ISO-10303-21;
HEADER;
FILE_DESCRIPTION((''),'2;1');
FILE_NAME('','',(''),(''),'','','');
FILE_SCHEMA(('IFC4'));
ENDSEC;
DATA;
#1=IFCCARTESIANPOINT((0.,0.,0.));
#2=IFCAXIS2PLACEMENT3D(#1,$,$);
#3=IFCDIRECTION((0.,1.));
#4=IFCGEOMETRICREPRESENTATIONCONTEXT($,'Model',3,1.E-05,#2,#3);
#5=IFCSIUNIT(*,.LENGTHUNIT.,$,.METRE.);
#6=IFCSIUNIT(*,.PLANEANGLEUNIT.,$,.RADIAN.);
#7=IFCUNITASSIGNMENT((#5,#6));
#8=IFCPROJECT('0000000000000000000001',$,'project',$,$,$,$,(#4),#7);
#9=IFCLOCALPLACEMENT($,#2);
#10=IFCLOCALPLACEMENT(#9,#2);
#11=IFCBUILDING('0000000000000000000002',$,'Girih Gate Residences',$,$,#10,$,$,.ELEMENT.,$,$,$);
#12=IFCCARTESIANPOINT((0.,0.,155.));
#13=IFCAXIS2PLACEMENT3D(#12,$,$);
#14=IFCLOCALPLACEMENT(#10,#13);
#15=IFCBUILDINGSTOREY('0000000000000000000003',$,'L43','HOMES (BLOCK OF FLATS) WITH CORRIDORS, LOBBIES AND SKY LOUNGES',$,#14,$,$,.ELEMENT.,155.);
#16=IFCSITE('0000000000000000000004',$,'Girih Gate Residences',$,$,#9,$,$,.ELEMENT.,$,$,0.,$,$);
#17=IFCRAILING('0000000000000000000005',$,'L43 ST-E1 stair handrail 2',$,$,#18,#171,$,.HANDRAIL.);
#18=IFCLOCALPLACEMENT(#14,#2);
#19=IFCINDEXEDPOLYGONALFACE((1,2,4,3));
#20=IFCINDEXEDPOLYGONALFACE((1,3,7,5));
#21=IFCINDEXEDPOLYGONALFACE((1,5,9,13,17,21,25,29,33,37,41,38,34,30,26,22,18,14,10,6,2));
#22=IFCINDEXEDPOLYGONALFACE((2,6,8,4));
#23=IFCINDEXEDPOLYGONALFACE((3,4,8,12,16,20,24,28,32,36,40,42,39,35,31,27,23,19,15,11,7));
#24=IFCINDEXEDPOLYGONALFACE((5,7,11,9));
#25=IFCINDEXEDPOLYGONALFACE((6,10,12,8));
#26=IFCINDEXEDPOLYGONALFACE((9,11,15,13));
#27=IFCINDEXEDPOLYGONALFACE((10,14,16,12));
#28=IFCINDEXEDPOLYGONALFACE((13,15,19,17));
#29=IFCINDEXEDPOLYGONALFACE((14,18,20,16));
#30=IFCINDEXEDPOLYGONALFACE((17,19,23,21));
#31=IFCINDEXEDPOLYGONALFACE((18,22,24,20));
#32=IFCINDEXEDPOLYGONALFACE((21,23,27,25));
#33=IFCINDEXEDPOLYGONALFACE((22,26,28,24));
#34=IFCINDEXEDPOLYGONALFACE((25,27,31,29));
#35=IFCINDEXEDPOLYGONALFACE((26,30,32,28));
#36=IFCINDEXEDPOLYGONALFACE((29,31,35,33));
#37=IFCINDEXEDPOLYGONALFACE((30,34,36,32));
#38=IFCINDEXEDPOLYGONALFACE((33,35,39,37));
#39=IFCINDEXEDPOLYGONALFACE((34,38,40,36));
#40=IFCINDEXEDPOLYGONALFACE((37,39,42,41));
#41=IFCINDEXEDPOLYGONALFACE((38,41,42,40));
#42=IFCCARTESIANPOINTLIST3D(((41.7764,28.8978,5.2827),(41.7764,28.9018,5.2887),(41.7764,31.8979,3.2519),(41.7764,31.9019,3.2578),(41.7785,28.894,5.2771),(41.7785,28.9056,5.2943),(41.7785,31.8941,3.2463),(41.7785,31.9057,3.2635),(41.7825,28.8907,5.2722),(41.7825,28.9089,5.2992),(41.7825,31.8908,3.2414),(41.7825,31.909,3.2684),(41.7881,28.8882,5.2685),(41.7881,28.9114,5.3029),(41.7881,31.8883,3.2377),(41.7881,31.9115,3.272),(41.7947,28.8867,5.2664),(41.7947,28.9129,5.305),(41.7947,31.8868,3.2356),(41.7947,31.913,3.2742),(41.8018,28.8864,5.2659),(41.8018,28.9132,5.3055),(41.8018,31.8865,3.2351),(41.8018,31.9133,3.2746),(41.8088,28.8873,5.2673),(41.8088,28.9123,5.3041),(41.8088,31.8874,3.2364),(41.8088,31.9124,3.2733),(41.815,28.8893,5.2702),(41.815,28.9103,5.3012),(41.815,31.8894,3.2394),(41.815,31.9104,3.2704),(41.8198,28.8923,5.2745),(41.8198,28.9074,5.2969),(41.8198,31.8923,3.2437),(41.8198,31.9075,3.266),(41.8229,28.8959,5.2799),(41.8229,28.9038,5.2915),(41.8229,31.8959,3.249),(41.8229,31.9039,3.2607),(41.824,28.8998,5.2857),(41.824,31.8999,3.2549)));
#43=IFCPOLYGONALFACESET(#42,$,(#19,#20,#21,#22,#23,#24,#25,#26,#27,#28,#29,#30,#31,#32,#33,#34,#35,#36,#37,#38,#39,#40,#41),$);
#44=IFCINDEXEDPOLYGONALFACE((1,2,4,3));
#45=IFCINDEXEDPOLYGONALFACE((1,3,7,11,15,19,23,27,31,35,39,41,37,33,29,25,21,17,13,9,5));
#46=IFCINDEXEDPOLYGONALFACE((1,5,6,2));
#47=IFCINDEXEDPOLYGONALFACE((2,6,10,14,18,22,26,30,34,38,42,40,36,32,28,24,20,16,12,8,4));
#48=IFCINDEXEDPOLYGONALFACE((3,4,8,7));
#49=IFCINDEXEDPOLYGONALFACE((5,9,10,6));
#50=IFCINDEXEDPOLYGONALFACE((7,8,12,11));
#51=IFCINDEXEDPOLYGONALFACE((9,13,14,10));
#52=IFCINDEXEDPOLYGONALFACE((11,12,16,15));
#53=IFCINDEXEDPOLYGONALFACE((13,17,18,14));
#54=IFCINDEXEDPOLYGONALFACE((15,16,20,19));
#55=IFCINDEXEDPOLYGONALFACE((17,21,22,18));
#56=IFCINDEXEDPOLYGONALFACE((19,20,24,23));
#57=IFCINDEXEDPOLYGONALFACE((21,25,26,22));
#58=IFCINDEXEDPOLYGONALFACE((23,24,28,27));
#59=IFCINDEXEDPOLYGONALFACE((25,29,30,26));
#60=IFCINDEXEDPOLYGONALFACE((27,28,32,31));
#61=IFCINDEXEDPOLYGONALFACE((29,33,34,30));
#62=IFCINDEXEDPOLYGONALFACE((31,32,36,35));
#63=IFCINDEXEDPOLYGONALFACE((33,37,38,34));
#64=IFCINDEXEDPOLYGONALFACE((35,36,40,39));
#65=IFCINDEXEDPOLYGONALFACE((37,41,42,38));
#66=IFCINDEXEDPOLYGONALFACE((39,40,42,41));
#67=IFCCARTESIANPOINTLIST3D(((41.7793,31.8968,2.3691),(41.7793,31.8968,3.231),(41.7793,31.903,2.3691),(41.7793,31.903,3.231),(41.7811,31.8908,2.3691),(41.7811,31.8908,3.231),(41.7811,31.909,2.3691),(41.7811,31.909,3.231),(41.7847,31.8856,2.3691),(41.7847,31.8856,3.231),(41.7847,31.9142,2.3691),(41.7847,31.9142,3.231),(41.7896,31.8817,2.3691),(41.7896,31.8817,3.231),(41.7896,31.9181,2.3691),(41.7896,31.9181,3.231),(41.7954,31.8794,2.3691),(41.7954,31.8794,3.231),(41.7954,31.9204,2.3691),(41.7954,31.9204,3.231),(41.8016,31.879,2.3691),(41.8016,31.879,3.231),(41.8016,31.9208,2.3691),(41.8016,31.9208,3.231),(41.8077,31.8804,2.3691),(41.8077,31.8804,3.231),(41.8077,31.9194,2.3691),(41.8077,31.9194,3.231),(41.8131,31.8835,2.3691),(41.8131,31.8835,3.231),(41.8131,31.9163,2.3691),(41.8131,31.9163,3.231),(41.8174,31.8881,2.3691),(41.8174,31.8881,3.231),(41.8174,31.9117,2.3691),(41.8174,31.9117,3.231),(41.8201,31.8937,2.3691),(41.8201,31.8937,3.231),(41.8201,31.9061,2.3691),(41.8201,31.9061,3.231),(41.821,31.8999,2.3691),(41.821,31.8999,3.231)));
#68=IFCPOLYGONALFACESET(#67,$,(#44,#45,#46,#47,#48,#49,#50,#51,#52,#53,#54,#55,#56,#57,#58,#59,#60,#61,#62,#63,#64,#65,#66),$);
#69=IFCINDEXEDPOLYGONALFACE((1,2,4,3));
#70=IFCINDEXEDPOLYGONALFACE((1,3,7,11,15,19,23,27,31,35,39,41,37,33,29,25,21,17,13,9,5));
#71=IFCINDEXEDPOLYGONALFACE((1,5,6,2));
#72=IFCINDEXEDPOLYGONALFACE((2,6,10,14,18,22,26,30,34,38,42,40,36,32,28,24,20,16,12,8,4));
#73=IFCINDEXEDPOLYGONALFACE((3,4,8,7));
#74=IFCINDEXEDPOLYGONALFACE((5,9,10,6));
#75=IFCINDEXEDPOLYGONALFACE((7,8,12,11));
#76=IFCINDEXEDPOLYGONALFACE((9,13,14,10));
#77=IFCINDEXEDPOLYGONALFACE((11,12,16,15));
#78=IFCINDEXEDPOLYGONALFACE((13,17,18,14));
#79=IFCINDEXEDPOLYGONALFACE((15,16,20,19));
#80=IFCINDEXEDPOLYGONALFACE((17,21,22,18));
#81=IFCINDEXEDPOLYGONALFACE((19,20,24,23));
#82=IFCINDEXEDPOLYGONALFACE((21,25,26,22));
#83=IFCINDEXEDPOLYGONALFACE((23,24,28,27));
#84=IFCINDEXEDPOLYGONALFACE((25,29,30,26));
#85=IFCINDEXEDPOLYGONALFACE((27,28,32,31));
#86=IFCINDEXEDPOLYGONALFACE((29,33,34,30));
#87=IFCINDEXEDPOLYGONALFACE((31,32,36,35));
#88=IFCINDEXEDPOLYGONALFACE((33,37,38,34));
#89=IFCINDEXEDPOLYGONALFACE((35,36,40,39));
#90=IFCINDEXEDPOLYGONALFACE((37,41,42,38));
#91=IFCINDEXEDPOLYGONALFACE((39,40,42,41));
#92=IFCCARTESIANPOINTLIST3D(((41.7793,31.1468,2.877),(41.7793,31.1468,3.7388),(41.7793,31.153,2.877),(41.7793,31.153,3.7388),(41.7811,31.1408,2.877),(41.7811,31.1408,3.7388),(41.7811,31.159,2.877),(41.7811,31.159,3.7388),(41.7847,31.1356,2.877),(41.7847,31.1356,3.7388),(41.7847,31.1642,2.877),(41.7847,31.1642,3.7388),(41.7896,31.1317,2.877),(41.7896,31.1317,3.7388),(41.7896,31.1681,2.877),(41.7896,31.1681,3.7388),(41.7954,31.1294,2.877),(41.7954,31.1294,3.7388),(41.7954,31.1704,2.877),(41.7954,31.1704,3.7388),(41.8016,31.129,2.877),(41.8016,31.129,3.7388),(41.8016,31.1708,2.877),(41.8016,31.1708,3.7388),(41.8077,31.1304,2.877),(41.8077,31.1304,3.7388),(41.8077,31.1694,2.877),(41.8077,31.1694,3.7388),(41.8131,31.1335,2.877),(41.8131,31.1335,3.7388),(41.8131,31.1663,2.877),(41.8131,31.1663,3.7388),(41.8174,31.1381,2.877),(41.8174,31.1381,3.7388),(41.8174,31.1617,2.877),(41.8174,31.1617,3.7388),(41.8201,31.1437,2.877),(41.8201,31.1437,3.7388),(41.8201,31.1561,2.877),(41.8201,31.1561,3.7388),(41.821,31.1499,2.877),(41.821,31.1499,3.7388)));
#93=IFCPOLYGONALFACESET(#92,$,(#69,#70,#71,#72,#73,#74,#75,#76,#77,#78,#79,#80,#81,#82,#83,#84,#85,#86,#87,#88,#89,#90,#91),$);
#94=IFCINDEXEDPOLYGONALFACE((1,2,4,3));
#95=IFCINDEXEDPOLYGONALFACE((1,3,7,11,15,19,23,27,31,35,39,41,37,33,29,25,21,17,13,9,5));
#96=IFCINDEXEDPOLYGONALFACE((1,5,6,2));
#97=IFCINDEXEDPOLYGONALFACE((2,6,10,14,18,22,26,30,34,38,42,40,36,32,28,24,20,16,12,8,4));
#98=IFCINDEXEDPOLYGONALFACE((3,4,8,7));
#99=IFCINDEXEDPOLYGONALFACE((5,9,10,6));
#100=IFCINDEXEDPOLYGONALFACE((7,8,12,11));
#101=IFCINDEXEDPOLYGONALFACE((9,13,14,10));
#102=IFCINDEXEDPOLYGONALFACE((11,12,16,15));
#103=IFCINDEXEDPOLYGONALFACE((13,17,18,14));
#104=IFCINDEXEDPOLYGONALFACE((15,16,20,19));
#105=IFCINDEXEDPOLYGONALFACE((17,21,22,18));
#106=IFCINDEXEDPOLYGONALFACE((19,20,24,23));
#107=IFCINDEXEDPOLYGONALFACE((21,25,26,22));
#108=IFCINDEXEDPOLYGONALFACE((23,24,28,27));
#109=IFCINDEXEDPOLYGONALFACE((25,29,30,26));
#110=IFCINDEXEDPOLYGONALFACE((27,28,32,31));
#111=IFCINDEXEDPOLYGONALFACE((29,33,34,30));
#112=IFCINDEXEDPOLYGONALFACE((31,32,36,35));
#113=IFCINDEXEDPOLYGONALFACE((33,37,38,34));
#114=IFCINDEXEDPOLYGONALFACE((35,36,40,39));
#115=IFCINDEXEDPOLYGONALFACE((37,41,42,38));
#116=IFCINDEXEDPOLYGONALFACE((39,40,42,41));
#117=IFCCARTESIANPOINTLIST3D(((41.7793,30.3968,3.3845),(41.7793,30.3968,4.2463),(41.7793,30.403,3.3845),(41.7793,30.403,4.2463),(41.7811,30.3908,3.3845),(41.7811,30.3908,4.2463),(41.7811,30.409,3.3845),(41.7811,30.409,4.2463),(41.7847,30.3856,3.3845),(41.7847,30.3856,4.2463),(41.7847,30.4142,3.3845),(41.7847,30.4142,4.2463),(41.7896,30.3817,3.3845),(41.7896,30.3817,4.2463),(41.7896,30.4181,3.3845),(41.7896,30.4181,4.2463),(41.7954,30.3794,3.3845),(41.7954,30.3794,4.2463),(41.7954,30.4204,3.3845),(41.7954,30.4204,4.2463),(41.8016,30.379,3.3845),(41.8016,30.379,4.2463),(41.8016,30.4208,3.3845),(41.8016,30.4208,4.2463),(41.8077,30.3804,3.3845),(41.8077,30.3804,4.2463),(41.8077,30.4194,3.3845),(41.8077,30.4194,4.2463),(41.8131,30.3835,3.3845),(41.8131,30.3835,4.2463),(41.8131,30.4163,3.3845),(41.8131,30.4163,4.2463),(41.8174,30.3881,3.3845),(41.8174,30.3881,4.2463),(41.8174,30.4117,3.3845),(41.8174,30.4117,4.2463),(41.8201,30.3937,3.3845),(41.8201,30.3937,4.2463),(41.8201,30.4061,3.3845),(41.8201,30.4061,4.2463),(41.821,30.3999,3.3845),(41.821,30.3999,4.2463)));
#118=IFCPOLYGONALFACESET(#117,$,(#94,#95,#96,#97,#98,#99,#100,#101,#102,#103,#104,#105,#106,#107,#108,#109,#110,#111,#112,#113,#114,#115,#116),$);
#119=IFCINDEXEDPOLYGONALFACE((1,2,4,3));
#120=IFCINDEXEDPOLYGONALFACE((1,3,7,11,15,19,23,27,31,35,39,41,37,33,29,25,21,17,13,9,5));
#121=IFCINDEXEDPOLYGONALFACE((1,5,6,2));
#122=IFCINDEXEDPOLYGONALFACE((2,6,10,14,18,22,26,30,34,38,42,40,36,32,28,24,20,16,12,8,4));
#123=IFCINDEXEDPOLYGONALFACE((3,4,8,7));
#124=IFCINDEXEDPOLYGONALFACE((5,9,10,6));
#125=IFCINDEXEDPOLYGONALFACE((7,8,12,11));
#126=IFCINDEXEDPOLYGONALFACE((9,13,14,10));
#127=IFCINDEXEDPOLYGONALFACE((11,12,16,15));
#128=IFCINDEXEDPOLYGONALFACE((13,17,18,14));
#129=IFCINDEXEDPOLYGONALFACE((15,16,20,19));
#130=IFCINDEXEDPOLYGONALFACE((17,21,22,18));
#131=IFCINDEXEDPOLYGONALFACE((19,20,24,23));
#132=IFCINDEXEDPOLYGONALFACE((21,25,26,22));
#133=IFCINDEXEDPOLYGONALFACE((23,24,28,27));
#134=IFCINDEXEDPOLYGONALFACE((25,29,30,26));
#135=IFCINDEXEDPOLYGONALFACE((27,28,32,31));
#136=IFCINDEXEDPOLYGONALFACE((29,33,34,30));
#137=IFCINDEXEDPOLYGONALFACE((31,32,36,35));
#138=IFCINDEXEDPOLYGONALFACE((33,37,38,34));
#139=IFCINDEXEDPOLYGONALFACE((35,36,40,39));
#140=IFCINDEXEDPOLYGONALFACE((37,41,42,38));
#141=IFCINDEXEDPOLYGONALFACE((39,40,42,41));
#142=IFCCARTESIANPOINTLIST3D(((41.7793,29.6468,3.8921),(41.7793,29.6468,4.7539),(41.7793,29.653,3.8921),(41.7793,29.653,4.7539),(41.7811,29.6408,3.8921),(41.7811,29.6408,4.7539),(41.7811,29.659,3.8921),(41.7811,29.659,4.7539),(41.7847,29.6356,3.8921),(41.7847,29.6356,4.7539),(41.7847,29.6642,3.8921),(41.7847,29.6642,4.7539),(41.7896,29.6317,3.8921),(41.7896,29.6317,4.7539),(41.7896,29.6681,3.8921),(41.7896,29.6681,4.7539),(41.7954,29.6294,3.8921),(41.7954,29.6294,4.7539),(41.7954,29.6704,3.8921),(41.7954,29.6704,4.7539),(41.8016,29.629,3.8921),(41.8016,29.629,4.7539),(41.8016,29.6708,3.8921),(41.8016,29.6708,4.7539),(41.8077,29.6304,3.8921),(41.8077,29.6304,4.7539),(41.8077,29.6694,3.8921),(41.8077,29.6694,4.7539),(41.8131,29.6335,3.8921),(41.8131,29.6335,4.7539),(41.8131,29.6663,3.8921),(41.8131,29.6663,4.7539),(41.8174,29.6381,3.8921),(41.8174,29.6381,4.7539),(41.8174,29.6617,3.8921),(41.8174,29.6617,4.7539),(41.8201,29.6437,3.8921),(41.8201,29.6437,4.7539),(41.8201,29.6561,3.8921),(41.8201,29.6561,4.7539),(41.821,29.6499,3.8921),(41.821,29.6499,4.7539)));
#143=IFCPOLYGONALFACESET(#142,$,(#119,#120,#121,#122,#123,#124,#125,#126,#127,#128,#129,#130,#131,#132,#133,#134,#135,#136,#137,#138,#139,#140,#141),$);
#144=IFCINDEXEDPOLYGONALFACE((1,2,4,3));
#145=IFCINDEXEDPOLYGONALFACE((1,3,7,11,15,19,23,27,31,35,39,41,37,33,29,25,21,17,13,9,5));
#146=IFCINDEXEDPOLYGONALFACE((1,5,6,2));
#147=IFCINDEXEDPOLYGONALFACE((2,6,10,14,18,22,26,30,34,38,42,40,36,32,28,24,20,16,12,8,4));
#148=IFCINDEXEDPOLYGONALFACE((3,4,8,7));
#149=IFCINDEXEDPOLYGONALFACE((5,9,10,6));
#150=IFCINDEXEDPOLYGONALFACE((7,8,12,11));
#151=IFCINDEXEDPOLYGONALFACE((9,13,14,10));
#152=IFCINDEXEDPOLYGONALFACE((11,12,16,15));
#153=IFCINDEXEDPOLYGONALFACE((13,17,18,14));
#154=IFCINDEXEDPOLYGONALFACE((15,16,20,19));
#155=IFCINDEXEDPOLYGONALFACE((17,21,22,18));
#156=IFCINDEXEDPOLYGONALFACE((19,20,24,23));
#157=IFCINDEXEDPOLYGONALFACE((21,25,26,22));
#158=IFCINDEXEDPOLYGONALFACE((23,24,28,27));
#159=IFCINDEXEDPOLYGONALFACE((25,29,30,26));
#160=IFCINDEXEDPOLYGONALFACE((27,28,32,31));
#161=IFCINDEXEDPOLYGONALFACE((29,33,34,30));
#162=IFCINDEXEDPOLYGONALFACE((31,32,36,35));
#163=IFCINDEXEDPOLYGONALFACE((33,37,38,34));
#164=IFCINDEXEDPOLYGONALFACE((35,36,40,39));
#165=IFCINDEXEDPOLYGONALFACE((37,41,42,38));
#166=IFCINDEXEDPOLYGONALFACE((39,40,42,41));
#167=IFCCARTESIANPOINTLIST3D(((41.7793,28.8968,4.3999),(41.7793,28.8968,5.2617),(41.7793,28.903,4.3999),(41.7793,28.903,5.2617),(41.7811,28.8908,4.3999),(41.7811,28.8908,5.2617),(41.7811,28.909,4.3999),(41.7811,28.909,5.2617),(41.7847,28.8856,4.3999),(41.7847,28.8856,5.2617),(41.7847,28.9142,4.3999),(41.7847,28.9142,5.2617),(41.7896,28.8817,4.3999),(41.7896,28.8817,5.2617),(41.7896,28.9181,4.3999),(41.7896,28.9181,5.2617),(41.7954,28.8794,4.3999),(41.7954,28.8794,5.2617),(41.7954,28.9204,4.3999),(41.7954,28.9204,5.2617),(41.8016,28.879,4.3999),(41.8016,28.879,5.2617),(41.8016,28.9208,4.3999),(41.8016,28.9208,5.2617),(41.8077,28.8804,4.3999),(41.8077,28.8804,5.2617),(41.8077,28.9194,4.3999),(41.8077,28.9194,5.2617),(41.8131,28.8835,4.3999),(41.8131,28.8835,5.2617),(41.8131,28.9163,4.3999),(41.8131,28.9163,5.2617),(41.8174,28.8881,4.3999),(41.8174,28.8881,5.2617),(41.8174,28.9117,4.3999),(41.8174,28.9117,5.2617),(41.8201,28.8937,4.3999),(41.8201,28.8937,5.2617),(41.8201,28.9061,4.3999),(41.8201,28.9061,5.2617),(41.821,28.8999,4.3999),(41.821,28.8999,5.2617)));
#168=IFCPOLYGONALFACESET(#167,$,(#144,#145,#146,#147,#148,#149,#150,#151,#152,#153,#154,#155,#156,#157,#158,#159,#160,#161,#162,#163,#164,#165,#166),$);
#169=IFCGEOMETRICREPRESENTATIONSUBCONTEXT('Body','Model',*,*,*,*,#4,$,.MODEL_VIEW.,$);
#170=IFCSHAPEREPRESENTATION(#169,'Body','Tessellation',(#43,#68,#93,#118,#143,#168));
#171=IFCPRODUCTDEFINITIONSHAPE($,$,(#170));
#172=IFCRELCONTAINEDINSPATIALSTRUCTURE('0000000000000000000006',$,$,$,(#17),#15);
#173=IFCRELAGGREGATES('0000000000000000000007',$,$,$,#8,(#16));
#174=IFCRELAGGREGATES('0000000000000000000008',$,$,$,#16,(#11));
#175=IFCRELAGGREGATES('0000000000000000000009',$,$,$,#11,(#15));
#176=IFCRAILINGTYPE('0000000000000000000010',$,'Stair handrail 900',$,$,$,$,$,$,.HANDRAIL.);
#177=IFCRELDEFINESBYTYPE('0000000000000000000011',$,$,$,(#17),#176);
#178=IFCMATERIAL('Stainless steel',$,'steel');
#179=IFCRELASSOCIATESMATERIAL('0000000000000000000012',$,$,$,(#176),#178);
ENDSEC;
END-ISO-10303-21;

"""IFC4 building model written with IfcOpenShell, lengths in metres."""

from ifc_helpers import new_model, si_unit, direction, frame, origin, origin_2d, place, context, subcontext, project, spatial, circle, extrude, material, type_object, element, save


model = new_model("IFC4")

# Units and contexts
model_context = context("Model", 3, precision=1e-05, world=origin(), true_north=direction((0.0, 1.0)))
body_context = subcontext(model_context, "Body", "Model", "MODEL_VIEW")
ifc_project = project(units=[si_unit("LENGTHUNIT", "METRE"), si_unit("PLANEANGLEUNIT", "RADIAN")], contexts=[model_context])

# Site, building, storey
site_placement = place(None, origin())
site = spatial("IfcSite", under=ifc_project, at=site_placement, Name="Girih Gate Residences", CompositionType="ELEMENT", RefElevation=0.0)
building_placement = place(site_placement, origin())
building = spatial("IfcBuilding", under=site, at=building_placement, Name="Girih Gate Residences", CompositionType="ELEMENT")
storey_placement = place(building_placement, frame((0.0, 0.0, 155.0)))
storey = spatial("IfcBuildingStorey", under=building, at=storey_placement, Name="L43", Description="HOMES (BLOCK OF FLATS) WITH CORRIDORS, LOBBIES AND SKY LOUNGES", CompositionType="ELEMENT", Elevation=155.0)

# Railing
ifc_material_1 = material(Name="Stainless steel", Category="steel")
railing_type_1 = type_object("IfcRailingType", Name="Stair handrail 900", PredefinedType="HANDRAIL", material=ifc_material_1)
railing_1_placement = place(storey_placement, frame((41.8, 31.8999, 2.3691)))
element("IfcRailing", 1, at=railing_1_placement, inside=storey, type_object=railing_type_1, Name="L43 ST-E1 stair handrail 2", PredefinedType="HANDRAIL", context=body_context, shape_type="SweptSolid", body=[
    extrude(circle(Radius=0.0239, at=origin_2d()), frame((0.0, 0.0, 0.8857), z_axis=(0.0, -0.82811, 0.560565), x_axis=(1.0, 0.0, 0.0)), (0.0, 0.0, 1.0), 3.6228),
    extrude(circle(Radius=0.021, at=origin_2d()), origin(), (0.0, 0.0, 1.0), 0.8618),
    extrude(circle(Radius=0.021, at=origin_2d()), frame((0.0, -0.75, 0.5078)), (0.0, 0.0, 1.0), 0.8618),
    extrude(circle(Radius=0.021, at=origin_2d()), frame((0.0, -1.5, 1.0154)), (0.0, 0.0, 1.0), 0.8618),
    extrude(circle(Radius=0.021, at=origin_2d()), frame((0.0, -2.25, 1.5229)), (0.0, 0.0, 1.0), 0.8618),
    extrude(circle(Radius=0.021, at=origin_2d()), frame((0.0, -3.0, 2.0308)), (0.0, 0.0, 1.0), 0.8618),
])

save(model, "model.ifc")
